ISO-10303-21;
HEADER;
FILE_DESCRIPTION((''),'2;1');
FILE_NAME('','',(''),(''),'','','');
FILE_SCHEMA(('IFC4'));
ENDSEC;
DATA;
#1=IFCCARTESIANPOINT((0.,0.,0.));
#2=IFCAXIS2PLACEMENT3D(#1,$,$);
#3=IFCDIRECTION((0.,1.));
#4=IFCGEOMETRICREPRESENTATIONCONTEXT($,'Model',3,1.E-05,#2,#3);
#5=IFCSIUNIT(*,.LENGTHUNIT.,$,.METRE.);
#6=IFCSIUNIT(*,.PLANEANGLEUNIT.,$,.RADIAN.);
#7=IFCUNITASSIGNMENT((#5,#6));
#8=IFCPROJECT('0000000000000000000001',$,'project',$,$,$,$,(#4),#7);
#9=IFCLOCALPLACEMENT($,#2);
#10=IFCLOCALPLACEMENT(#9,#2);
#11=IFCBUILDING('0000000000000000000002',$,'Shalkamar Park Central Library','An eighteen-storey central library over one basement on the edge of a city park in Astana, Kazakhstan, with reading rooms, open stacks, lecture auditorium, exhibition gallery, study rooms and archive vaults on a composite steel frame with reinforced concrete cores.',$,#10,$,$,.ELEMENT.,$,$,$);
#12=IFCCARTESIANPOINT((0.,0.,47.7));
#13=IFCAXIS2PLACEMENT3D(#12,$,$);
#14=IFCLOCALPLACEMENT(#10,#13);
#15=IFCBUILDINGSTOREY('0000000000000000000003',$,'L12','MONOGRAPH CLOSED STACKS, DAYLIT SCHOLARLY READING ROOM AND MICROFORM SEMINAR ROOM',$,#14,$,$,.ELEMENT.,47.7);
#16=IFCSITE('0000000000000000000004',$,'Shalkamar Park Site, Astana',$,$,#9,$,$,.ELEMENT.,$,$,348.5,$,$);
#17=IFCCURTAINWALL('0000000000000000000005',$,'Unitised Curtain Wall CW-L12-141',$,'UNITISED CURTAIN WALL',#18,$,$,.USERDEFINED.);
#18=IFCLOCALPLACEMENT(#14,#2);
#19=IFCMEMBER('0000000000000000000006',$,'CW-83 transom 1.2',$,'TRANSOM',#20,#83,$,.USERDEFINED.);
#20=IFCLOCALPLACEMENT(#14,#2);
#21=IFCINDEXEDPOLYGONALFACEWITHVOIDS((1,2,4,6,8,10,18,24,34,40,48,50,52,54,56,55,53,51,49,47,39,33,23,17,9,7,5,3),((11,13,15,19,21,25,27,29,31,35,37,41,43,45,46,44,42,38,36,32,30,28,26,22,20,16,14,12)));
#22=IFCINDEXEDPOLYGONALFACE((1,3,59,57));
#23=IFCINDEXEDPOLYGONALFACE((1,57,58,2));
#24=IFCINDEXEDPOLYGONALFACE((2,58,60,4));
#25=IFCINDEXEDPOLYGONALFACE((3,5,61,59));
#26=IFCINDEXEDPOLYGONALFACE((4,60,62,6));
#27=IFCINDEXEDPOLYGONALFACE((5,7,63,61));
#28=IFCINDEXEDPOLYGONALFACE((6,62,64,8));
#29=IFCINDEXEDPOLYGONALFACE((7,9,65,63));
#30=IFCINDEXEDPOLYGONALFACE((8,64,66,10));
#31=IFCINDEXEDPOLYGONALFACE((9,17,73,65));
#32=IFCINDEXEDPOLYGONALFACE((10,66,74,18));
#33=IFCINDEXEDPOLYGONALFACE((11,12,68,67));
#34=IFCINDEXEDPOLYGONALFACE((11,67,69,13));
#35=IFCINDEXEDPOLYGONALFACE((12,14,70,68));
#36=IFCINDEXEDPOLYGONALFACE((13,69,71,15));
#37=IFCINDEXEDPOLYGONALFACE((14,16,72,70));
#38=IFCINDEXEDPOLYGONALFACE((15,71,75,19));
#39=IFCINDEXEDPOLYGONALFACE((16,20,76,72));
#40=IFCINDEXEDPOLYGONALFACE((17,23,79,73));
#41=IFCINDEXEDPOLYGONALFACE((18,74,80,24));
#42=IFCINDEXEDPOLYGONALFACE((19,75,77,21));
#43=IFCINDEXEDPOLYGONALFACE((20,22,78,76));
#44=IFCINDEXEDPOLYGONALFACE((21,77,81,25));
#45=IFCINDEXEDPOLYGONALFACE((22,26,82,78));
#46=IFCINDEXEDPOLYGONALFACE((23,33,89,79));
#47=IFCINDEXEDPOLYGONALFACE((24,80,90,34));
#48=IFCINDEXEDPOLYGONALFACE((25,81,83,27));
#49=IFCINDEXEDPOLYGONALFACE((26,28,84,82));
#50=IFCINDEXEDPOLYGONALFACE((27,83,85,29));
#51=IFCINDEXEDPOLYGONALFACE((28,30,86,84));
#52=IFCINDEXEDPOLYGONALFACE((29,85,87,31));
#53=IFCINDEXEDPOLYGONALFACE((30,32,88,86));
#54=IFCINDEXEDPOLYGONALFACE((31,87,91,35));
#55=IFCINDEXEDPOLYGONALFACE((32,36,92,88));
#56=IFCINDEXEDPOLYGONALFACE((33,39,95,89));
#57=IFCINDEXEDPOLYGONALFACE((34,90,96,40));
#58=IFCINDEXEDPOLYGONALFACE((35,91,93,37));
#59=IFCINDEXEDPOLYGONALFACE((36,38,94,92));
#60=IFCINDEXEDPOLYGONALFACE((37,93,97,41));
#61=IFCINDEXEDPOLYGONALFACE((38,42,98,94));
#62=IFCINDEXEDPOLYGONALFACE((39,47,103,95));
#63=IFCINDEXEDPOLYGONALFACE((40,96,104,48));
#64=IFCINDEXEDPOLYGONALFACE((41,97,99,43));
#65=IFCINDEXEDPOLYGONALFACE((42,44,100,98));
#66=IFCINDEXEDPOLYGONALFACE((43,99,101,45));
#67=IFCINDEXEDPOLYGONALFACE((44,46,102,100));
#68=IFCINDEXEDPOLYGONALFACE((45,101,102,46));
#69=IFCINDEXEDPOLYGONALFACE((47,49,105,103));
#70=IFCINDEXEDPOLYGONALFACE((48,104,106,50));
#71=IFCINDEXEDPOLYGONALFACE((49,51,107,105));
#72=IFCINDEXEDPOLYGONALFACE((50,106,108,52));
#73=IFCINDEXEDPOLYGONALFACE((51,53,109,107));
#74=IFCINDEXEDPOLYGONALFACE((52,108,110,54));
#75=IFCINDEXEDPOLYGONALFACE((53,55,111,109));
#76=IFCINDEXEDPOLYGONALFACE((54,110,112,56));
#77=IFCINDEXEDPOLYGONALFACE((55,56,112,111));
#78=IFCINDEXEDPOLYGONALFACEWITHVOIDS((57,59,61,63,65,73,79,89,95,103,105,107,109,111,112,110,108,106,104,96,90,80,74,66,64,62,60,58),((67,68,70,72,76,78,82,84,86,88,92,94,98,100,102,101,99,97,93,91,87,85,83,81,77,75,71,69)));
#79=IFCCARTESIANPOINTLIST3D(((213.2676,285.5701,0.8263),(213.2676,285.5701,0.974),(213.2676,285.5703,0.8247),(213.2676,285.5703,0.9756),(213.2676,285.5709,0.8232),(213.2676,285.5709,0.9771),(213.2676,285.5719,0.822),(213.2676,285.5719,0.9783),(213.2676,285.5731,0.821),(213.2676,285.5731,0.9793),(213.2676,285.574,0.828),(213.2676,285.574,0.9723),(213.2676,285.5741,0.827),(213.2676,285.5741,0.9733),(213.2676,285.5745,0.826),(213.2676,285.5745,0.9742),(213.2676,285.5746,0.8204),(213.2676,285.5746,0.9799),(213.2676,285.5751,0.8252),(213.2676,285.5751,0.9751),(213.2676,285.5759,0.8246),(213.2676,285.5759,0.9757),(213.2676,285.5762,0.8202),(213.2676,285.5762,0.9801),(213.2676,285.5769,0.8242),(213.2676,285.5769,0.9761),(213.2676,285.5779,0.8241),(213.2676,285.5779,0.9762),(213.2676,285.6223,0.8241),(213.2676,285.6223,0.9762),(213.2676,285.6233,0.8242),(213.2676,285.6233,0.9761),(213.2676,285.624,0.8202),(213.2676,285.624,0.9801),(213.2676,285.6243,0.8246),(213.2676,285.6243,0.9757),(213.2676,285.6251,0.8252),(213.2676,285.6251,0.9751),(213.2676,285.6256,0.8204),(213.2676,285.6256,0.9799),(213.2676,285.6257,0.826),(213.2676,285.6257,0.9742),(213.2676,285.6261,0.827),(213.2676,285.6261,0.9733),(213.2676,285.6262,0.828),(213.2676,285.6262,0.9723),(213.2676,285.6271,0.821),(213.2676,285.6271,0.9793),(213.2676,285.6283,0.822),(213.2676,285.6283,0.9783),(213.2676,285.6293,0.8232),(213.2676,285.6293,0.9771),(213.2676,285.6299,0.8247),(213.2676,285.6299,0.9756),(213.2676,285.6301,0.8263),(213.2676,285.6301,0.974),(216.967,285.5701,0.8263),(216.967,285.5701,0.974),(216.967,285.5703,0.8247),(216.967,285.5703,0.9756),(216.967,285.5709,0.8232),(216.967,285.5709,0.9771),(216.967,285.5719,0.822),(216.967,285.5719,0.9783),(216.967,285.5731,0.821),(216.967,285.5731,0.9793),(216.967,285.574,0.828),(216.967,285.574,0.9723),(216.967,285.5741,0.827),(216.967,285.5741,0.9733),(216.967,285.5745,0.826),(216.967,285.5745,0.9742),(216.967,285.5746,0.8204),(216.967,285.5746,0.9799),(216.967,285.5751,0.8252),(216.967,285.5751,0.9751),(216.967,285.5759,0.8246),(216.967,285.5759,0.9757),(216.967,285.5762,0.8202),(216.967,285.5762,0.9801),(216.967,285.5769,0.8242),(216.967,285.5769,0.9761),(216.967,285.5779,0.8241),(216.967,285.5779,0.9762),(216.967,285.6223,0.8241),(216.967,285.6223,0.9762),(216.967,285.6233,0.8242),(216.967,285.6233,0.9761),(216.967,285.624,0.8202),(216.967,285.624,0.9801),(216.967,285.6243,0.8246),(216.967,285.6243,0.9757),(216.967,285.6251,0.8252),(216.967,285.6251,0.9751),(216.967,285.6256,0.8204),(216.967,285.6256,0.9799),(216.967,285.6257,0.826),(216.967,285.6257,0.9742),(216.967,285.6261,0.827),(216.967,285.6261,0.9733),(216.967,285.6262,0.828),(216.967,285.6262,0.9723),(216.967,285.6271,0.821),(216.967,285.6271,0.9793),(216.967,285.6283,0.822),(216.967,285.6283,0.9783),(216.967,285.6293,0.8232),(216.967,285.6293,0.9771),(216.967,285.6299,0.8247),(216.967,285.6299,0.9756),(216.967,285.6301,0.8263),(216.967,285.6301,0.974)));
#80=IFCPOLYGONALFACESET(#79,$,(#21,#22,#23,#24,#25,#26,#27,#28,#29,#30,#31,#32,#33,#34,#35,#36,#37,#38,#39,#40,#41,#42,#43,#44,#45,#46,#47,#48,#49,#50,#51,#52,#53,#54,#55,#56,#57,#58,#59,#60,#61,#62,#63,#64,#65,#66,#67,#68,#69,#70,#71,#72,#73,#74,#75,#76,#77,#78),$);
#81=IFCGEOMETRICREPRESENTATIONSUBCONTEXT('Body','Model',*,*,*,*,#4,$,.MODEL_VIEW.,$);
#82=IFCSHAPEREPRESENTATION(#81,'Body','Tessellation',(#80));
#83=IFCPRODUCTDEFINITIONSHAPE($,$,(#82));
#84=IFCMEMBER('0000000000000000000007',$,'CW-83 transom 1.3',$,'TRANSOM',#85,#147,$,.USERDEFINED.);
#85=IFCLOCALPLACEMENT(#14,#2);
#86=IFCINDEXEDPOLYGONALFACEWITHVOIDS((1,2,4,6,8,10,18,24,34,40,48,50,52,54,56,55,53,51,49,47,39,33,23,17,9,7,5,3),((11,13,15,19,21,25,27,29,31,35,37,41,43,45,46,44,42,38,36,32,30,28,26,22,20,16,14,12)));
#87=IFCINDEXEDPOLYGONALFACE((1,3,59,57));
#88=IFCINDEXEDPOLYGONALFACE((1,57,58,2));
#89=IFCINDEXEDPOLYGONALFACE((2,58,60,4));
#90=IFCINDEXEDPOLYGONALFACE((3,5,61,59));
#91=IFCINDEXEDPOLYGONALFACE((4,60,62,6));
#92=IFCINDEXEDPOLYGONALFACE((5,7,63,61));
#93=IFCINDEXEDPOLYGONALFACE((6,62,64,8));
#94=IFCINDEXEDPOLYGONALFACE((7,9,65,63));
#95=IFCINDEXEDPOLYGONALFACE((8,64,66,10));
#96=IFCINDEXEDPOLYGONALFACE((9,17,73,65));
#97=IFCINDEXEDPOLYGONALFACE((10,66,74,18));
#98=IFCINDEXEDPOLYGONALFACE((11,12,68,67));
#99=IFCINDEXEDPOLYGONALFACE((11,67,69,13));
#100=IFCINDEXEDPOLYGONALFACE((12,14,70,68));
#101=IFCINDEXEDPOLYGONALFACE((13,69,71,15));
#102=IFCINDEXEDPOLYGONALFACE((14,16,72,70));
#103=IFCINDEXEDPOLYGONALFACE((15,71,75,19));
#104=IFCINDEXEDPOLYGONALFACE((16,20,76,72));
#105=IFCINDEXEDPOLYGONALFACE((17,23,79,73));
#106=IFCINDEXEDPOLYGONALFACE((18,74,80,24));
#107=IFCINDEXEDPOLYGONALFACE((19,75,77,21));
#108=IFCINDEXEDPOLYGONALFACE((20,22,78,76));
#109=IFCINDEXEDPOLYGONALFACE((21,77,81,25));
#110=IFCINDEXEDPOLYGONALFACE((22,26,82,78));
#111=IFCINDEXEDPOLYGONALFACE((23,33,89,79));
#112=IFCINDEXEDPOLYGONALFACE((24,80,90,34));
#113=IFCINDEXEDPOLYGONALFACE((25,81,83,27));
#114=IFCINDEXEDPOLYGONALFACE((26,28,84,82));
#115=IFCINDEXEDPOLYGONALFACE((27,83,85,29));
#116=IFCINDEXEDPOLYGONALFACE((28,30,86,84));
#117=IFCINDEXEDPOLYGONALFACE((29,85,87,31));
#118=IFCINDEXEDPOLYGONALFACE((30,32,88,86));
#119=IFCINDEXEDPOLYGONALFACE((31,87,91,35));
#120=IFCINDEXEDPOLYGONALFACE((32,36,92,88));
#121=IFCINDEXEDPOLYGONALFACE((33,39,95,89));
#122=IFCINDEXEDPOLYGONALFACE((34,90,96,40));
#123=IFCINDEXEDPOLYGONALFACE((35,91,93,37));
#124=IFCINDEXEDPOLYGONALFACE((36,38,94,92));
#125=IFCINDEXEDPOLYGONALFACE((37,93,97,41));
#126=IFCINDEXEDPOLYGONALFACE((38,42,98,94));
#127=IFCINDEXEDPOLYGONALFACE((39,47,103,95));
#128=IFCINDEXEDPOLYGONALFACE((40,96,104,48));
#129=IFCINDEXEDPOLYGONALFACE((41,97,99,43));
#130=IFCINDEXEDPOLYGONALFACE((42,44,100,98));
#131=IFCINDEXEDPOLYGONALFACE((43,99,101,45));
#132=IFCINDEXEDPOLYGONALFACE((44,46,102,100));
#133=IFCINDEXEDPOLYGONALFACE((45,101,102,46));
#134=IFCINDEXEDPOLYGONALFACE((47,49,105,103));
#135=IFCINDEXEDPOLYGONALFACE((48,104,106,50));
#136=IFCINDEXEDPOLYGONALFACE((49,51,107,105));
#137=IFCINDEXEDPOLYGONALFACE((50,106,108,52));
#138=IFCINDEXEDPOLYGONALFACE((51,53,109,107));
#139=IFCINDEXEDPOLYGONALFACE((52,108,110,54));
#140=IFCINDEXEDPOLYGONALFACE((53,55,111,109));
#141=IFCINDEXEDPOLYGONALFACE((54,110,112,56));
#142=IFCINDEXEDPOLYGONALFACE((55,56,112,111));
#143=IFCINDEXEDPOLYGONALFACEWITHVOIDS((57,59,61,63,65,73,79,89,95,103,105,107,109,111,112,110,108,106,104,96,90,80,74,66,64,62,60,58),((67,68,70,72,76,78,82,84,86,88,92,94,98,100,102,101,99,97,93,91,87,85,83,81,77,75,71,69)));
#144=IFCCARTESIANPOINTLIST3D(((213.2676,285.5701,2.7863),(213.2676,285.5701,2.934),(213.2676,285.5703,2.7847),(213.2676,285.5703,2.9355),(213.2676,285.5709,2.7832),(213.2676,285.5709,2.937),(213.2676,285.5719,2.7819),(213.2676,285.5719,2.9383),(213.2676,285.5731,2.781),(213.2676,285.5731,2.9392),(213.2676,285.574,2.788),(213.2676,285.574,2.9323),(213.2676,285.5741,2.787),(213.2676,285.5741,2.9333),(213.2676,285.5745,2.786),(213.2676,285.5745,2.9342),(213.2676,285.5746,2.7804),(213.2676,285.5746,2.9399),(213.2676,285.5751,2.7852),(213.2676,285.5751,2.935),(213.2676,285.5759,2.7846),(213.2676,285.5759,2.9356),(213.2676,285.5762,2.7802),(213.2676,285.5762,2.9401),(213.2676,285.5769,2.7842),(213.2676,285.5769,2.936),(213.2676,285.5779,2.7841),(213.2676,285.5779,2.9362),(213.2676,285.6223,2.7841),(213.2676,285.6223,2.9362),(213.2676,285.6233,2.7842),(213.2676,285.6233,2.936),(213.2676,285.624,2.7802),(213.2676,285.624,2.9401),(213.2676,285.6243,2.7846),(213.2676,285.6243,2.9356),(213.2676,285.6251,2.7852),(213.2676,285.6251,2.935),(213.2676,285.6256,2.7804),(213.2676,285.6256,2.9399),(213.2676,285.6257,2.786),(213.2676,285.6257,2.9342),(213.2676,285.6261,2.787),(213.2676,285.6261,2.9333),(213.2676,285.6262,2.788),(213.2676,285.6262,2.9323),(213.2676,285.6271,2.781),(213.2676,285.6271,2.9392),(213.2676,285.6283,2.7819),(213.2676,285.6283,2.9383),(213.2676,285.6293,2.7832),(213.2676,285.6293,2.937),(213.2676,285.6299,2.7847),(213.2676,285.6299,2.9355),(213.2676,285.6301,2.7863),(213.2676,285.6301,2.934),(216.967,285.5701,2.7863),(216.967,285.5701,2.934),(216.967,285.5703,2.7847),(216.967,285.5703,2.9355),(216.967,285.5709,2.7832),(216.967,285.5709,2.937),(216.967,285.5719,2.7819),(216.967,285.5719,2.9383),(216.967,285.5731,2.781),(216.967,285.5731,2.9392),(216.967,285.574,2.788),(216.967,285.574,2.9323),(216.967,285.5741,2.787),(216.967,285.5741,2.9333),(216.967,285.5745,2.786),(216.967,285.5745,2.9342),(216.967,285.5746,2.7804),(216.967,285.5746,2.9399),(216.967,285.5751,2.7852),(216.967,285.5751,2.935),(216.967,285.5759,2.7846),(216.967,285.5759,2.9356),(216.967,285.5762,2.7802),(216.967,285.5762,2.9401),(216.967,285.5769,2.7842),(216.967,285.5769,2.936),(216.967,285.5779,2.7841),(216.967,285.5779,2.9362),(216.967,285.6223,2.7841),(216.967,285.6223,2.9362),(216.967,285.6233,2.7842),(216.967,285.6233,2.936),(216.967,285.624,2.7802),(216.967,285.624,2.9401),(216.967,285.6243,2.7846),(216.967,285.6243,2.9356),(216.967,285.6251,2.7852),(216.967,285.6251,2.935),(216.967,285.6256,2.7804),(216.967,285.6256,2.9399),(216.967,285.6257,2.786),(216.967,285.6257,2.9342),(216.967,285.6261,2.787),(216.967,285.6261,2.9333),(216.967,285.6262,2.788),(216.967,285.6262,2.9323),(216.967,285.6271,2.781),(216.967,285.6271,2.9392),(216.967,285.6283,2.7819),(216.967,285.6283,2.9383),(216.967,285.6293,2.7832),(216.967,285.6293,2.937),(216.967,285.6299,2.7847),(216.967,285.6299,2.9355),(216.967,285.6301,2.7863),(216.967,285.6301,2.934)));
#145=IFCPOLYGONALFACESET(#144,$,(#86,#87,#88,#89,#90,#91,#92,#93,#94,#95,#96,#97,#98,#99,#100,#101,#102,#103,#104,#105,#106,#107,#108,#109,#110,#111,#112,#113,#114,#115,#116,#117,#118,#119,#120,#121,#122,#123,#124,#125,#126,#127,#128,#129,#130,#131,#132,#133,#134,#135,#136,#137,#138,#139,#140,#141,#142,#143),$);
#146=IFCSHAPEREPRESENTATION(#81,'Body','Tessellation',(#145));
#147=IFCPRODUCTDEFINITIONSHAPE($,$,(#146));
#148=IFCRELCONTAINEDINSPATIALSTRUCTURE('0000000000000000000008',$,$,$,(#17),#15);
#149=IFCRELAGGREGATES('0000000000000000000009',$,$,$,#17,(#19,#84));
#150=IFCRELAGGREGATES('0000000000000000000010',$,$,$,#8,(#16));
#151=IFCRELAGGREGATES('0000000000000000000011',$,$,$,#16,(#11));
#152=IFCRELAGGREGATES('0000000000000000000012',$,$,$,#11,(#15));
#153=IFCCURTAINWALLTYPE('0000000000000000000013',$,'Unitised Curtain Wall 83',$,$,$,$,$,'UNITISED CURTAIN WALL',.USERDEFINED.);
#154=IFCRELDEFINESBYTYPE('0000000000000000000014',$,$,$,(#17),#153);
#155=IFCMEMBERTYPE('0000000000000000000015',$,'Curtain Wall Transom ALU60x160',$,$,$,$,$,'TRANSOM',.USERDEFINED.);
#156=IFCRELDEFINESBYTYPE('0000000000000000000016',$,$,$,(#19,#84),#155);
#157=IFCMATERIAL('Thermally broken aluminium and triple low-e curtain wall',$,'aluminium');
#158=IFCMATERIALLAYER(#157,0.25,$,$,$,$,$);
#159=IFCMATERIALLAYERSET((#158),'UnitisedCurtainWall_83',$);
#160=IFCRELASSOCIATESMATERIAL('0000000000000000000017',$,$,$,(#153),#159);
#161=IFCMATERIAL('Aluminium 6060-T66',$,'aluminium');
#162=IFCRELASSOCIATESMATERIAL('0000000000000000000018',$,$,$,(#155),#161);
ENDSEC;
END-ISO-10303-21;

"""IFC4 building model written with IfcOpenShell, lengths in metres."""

from ifc_helpers import new_model, si_unit, direction, frame, origin, origin_2d, place, context, subcontext, project, spatial, hollow_rectangle, extrude, material, layer, layer_set, material_profile, profile_set, type_object, element, aggregate, save


model = new_model("IFC4")

# Units and contexts
model_context = context("Model", 3, precision=1e-05, world=origin(), true_north=direction((0.0, 1.0)))
body_context = subcontext(model_context, "Body", "Model", "MODEL_VIEW")
ifc_project = project(units=[si_unit("LENGTHUNIT", "METRE"), si_unit("PLANEANGLEUNIT", "RADIAN")], contexts=[model_context])

# Site, building, storey
site_placement = place(None, origin())
site = spatial("IfcSite", under=ifc_project, at=site_placement, Name="Shalkamar Park Site, Astana", CompositionType="ELEMENT", RefElevation=348.5)
building_placement = place(site_placement, origin())
building = spatial("IfcBuilding", under=site, at=building_placement, Name="Shalkamar Park Central Library", Description="An eighteen-storey central library over one basement on the edge of a city park in Astana, Kazakhstan, with reading rooms, open stacks, lecture auditorium, exhibition gallery, study rooms and archive vaults on a composite steel frame with reinforced concrete cores.", CompositionType="ELEMENT")
storey_placement = place(building_placement, frame((0.0, 0.0, 47.7)))
storey = spatial("IfcBuildingStorey", under=building, at=storey_placement, Name="L12", Description="MONOGRAPH CLOSED STACKS, DAYLIT SCHOLARLY READING ROOM AND MICROFORM SEMINAR ROOM", CompositionType="ELEMENT", Elevation=47.7)

# Curtain wall
ifc_material_1 = material(Name="Thermally broken aluminium and triple low-e curtain wall", Category="aluminium")
ifc_layer_1 = layer(ifc_material_1, 0.25)
ifc_layer_set_1 = layer_set([ifc_layer_1], Name="UnitisedCurtainWall_83")
curtain_wall_type_1 = type_object("IfcCurtainWallType", Name="Unitised Curtain Wall 83", ElementType="UNITISED CURTAIN WALL", PredefinedType="USERDEFINED", material=ifc_layer_set_1)
curtain_wall_1_placement = place(storey_placement, origin())
curtain_wall_1 = element("IfcCurtainWall", 1, at=curtain_wall_1_placement, inside=storey, type_object=curtain_wall_type_1, Name="Unitised Curtain Wall CW-L12-141", ObjectType="UNITISED CURTAIN WALL", PredefinedType="USERDEFINED")
ifc_material_2 = material(Name="Aluminium 6060-T66", Category="aluminium")

# Members
ifc_material_profile_1 = material_profile(ifc_material_2, hollow_rectangle(XDim=0.0601, YDim=0.1599, WallThickness=0.0039, InnerFilletRadius=0.0039, OuterFilletRadius=0.0061, at=origin_2d()), Name="ALU 60x160x4")
ifc_profile_set_1 = profile_set([ifc_material_profile_1], Name="Aluminium 6060-T66")
member_type_1 = type_object("IfcMemberType", Name="Curtain Wall Transom ALU60x160", ElementType="TRANSOM", PredefinedType="USERDEFINED", material=ifc_profile_set_1)
member_1_placement = place(storey_placement, frame((213.2676, 285.6001, 0.9001), z_axis=(1.0, 0.0, 0.0), x_axis=(0.0, 1.0, 0.0)))
member_1 = element("IfcMember", 2, at=member_1_placement, type_object=member_type_1, Name="CW-83 transom 1.2", ObjectType="TRANSOM", PredefinedType="USERDEFINED", context=body_context, shape_type="SweptSolid", body=[
    extrude(hollow_rectangle(XDim=0.0601, YDim=0.1599, WallThickness=0.0039, InnerFilletRadius=0.0039, OuterFilletRadius=0.0061, at=origin_2d()), origin(), (0.0, 0.0, 1.0), 3.6995),
])
member_2_placement = place(storey_placement, frame((213.2676, 285.6001, 2.8601), z_axis=(1.0, 0.0, 0.0), x_axis=(0.0, 1.0, 0.0)))
member_2 = element("IfcMember", 3, at=member_2_placement, type_object=member_type_1, Name="CW-83 transom 1.3", ObjectType="TRANSOM", PredefinedType="USERDEFINED", context=body_context, shape_type="SweptSolid", body=[
    extrude(hollow_rectangle(XDim=0.0601, YDim=0.1599, WallThickness=0.0039, InnerFilletRadius=0.0039, OuterFilletRadius=0.0061, at=origin_2d()), origin(), (0.0, 0.0, 1.0), 3.6995),
])

aggregate(curtain_wall_1, [member_1, member_2])

save(model, "model.ifc")
